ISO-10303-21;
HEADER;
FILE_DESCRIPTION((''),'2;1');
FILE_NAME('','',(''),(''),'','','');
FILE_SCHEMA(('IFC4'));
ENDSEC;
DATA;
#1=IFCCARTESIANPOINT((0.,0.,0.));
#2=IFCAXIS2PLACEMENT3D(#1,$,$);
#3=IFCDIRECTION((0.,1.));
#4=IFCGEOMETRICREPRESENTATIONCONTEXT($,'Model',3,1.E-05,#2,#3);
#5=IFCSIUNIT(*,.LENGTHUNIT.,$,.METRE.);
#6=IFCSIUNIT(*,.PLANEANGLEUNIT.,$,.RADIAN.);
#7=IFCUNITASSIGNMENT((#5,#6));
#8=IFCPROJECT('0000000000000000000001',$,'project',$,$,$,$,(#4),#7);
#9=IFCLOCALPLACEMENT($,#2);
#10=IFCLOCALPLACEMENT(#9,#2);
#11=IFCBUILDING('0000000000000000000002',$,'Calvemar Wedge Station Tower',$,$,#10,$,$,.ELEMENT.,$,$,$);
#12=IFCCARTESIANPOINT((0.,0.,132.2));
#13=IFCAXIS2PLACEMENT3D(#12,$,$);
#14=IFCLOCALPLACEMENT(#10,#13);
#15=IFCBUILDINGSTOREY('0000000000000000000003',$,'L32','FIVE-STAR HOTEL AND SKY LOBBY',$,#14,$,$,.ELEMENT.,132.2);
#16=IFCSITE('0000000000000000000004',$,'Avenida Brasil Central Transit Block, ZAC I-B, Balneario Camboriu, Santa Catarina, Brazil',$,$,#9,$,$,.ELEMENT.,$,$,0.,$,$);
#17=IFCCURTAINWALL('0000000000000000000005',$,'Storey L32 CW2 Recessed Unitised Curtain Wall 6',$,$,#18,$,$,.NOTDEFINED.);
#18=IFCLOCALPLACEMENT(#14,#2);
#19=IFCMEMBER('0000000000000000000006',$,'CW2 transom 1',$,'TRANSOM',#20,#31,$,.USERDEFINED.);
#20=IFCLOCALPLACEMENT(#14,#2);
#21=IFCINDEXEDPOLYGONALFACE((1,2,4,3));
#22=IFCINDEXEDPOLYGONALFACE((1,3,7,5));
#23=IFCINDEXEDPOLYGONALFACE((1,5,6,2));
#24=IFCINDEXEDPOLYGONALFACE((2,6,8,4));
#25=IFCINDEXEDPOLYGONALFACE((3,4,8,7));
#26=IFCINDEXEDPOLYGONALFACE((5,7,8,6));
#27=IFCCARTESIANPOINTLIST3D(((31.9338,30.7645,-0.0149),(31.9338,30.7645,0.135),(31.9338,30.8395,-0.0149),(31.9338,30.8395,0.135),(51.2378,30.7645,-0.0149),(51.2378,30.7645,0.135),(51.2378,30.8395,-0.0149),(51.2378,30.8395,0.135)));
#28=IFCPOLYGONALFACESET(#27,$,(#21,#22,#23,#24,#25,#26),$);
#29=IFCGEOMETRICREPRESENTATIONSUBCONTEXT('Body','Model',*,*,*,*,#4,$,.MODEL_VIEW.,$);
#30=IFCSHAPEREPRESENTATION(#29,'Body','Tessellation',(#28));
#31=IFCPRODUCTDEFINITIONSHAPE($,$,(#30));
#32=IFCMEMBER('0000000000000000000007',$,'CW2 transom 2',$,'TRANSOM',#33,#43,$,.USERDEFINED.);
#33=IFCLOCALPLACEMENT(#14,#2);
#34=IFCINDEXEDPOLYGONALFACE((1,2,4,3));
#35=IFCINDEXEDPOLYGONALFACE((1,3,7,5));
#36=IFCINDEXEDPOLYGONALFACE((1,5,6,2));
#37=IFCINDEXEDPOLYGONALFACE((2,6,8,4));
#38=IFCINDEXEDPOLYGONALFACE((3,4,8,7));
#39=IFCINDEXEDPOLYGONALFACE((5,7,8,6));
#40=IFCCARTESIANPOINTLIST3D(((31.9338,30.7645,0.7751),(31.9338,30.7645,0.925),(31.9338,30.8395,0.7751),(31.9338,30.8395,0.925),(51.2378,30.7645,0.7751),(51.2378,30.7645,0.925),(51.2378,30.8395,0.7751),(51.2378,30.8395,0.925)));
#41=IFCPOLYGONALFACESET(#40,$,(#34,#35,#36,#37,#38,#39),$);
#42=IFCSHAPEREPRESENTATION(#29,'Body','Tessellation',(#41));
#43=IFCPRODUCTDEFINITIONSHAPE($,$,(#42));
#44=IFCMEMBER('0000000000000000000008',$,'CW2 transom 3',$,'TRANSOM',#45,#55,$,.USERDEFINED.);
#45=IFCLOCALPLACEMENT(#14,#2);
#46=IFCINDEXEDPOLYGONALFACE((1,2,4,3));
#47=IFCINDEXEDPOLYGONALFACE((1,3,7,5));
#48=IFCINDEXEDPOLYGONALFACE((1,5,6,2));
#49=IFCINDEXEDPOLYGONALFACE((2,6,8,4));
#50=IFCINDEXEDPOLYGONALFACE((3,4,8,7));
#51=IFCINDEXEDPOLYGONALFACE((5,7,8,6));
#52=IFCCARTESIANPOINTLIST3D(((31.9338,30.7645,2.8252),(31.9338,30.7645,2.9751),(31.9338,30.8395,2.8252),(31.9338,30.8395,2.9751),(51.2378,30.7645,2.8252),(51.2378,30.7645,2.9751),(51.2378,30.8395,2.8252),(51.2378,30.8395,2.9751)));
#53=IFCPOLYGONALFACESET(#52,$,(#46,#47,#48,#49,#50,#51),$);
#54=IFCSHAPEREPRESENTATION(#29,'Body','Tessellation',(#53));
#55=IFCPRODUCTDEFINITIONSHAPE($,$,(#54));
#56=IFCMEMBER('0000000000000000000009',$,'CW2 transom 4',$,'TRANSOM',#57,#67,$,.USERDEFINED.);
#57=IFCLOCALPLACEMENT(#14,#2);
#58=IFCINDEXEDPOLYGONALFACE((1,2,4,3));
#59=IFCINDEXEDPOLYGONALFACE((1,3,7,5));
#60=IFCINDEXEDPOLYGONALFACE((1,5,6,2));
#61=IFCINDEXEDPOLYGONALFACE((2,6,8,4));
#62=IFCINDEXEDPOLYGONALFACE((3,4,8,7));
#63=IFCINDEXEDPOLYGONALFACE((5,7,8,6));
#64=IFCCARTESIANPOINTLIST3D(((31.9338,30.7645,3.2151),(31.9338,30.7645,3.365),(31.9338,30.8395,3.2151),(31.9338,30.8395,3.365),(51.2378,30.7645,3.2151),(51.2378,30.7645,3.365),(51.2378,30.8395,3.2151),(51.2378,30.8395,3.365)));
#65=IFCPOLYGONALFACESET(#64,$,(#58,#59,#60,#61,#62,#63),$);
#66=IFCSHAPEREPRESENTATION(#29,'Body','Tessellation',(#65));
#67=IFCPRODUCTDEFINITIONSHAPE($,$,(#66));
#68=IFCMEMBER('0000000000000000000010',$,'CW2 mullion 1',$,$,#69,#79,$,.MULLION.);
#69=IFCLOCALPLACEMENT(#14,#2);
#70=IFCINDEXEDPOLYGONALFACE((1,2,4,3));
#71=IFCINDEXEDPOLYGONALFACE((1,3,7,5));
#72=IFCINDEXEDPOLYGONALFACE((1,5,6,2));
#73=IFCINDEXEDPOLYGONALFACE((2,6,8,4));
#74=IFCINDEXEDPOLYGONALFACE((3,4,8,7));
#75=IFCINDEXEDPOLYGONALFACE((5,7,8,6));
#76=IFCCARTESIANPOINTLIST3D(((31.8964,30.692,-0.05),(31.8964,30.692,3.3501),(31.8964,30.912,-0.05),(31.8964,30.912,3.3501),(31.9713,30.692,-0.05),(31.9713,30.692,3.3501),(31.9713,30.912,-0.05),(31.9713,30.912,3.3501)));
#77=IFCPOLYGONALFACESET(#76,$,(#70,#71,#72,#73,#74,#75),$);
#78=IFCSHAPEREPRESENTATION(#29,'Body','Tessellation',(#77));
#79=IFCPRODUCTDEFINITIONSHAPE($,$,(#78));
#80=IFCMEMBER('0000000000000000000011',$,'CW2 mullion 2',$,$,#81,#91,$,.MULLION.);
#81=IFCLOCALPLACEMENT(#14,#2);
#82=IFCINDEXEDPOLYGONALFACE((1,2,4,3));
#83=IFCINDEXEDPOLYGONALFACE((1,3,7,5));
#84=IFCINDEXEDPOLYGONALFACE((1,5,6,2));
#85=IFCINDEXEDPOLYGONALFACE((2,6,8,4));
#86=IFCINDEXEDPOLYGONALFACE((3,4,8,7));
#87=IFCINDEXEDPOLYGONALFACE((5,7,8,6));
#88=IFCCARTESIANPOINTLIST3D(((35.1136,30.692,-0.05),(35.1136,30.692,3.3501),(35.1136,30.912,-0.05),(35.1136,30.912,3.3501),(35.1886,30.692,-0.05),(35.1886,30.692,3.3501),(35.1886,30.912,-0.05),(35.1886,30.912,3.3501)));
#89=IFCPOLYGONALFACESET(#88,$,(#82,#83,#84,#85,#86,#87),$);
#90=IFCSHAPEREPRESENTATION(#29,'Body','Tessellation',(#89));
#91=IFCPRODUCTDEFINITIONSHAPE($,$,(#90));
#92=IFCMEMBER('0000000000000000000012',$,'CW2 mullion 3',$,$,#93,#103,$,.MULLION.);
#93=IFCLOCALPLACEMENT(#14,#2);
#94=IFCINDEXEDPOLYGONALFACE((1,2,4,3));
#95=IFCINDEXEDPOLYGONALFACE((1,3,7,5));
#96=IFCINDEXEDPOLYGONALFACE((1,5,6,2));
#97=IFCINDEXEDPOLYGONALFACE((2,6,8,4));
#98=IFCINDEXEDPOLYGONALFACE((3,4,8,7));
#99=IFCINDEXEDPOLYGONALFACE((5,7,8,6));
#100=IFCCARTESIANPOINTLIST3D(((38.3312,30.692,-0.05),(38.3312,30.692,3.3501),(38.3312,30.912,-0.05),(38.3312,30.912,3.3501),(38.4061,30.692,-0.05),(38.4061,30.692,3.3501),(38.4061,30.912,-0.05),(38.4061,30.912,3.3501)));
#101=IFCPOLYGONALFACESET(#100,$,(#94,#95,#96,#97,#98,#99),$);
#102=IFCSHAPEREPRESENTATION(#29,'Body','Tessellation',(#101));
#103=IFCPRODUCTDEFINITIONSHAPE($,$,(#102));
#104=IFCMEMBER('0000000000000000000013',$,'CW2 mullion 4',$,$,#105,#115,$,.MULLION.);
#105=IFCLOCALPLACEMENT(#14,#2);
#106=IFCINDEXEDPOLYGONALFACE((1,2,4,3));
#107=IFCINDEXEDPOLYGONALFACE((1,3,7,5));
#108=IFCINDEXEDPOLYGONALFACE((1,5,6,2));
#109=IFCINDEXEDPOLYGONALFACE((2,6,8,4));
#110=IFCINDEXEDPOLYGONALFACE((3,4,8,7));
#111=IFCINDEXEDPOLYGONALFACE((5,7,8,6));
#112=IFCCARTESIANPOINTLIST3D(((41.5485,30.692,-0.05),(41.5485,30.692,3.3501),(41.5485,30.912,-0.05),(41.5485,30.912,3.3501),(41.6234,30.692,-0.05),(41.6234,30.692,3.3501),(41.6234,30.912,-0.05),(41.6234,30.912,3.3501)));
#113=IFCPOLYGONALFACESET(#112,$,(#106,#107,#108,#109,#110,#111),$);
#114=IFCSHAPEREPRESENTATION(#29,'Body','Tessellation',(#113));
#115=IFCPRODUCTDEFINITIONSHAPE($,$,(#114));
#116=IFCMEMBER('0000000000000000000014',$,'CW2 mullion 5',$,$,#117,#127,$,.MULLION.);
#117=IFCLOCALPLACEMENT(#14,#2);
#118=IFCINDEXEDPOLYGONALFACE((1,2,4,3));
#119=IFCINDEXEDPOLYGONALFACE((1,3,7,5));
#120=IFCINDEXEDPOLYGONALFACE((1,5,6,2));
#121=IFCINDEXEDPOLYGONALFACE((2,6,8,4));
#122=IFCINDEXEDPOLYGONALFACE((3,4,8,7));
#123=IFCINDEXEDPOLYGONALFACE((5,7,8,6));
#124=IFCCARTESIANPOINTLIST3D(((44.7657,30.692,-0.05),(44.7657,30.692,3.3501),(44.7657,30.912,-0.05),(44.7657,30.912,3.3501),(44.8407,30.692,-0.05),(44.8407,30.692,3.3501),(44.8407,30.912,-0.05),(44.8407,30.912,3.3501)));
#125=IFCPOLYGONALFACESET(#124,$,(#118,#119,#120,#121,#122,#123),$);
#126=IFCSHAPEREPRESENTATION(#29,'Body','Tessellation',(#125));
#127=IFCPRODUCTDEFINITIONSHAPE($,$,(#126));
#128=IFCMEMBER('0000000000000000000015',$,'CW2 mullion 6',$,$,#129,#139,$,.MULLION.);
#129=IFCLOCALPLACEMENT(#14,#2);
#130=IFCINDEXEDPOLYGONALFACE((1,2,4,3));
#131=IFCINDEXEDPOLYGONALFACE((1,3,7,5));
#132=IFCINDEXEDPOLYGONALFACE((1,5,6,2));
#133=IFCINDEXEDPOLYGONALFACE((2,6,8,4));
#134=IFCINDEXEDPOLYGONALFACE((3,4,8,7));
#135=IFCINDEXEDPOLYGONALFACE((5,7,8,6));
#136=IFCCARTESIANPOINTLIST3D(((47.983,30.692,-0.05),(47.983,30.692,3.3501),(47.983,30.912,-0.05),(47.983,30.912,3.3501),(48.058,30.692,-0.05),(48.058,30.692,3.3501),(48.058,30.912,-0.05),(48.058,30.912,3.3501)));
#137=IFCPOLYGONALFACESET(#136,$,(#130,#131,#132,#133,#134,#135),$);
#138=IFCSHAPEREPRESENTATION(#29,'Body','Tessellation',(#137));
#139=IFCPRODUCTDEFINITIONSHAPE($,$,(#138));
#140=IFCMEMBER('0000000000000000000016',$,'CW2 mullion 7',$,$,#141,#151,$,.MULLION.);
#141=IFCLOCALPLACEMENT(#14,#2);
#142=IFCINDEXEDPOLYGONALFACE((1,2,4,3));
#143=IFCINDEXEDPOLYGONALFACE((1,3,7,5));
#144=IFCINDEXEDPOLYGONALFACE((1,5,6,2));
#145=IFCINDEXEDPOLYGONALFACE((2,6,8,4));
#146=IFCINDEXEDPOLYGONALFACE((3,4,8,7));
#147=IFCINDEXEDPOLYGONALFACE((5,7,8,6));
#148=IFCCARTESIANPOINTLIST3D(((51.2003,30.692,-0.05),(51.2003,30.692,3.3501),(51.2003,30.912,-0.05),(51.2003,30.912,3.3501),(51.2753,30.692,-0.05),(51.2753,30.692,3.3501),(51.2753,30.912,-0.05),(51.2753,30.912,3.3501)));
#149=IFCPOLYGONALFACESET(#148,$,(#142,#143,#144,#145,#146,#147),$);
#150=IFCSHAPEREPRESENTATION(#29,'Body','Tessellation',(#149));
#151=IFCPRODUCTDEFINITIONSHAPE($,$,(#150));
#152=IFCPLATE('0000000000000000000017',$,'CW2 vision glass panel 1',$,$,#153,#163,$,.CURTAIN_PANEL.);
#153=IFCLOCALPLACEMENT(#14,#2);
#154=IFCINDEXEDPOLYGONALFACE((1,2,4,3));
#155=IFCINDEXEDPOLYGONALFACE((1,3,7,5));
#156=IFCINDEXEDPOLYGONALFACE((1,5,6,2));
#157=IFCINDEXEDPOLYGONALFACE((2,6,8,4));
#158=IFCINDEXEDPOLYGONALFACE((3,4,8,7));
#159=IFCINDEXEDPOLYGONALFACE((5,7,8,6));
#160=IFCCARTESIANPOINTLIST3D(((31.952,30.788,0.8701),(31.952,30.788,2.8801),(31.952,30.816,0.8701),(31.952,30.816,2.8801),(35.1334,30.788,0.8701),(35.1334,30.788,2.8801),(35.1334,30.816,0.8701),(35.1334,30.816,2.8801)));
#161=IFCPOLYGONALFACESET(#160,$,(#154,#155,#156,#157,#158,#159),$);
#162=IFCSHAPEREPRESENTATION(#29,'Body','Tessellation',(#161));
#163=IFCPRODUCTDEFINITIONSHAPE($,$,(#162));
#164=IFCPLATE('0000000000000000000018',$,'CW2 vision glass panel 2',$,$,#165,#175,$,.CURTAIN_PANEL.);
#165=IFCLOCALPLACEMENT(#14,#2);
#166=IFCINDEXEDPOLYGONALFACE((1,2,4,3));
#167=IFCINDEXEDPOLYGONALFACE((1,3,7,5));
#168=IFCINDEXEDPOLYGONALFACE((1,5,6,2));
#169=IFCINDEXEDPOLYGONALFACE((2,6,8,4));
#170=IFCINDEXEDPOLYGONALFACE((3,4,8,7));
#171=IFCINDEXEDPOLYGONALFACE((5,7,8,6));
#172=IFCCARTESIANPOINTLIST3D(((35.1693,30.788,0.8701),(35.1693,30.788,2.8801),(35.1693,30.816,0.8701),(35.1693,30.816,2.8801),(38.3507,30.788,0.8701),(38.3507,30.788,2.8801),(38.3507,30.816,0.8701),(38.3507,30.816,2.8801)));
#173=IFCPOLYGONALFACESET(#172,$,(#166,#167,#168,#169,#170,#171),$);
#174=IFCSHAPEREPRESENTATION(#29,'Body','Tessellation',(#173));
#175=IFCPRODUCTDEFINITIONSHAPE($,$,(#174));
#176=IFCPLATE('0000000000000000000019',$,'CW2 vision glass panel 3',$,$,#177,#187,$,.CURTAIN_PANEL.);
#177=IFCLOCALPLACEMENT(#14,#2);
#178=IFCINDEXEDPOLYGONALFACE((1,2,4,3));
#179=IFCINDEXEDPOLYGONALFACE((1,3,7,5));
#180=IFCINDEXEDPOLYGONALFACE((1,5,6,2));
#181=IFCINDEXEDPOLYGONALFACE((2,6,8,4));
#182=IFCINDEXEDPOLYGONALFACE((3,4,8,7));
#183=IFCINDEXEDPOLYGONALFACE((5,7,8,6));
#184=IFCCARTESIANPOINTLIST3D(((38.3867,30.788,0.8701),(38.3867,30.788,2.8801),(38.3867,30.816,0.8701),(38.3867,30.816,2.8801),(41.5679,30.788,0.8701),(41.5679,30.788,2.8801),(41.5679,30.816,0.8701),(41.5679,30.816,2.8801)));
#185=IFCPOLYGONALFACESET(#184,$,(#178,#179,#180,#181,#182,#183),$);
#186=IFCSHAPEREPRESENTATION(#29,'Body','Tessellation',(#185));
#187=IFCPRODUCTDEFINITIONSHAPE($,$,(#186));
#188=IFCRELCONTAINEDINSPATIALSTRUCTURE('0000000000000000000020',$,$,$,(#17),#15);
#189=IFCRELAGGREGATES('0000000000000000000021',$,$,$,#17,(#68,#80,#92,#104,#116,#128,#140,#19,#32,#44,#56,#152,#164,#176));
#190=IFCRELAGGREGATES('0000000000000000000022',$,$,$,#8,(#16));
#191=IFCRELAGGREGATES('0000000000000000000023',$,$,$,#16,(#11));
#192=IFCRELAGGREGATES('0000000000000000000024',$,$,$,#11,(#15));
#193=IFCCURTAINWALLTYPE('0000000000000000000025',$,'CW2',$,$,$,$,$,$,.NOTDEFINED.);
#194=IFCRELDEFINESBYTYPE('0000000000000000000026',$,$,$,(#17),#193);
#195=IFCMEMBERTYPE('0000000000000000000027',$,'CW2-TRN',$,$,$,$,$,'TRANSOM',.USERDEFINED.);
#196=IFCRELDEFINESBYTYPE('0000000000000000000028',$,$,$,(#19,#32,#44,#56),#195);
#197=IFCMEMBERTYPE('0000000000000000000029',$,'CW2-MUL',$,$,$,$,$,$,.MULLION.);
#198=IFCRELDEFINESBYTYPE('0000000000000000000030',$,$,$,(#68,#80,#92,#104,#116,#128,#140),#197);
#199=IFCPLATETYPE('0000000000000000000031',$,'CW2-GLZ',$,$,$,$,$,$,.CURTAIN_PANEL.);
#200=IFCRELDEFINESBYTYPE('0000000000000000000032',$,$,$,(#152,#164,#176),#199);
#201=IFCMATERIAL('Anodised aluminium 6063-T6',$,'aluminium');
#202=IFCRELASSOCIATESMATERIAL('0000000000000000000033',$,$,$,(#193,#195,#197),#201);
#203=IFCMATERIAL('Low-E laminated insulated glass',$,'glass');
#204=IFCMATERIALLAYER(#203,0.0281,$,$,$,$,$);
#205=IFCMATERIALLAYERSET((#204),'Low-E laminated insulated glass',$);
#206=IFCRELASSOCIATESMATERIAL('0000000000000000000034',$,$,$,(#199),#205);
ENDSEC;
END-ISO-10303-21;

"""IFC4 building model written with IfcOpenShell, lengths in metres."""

from ifc_helpers import new_model, si_unit, direction, frame, frame_2d, origin, origin_2d, place, context, subcontext, project, spatial, rectangle, extrude, source, transform, mapped, material, layer, layer_set, material_profile, profile_set, type_object, element, aggregate, save


model = new_model("IFC4")

# Units and contexts
model_context = context("Model", 3, precision=1e-05, world=origin(), true_north=direction((0.0, 1.0)))
body_context = subcontext(model_context, "Body", "Model", "MODEL_VIEW")
ifc_project = project(units=[si_unit("LENGTHUNIT", "METRE"), si_unit("PLANEANGLEUNIT", "RADIAN")], contexts=[model_context])

# Site, building, storey
site_placement = place(None, origin())
site = spatial("IfcSite", under=ifc_project, at=site_placement, Name="Avenida Brasil Central Transit Block, ZAC I-B, Balneario Camboriu, Santa Catarina, Brazil", CompositionType="ELEMENT", RefElevation=0.0)
building_placement = place(site_placement, origin())
building = spatial("IfcBuilding", under=site, at=building_placement, Name="Calvemar Wedge Station Tower", CompositionType="ELEMENT")
storey_placement = place(building_placement, frame((0.0, 0.0, 132.2)))
storey = spatial("IfcBuildingStorey", under=building, at=storey_placement, Name="L32", Description="FIVE-STAR HOTEL AND SKY LOBBY", CompositionType="ELEMENT", Elevation=132.2)

# Curtain wall, members, plates
ifc_material_1 = material(Name="Anodised aluminium 6063-T6", Category="aluminium")
curtain_wall_type = type_object("IfcCurtainWallType", Name="CW2", PredefinedType="NOTDEFINED", material=ifc_material_1)
curtain_wall_placement = place(storey_placement, origin())
curtain_wall = element("IfcCurtainWall", 1, at=curtain_wall_placement, inside=storey, type_object=curtain_wall_type, Name="Storey L32 CW2 Recessed Unitised Curtain Wall 6", PredefinedType="NOTDEFINED")
ifc_material_profile_1 = material_profile(ifc_material_1, rectangle(XDim=0.075, YDim=0.1499, at=origin_2d()), Name="AL-TRN-75x150")
ifc_profile_set_1 = profile_set([ifc_material_profile_1], Name="Anodised aluminium 6063-T6")
member_type_1 = type_object("IfcMemberType", Name="CW2-TRN", ElementType="TRANSOM", PredefinedType="USERDEFINED", material=ifc_profile_set_1)
shared_shape_1 = source(origin(), body_context, "Body", "SweptSolid", [
    extrude(rectangle(XDim=0.075, YDim=0.1499, at=origin_2d()), origin(), (0.0, 0.0, 1.0), 19.304),
])
member_1_placement = place(storey_placement, frame((31.9338, 30.802, 0.0601), z_axis=(1.0, 0.0, 0.0), x_axis=(0.0, 1.0, 0.0)))
member_1 = element("IfcMember", 2, at=member_1_placement, type_object=member_type_1, Name="CW2 transom 1", ObjectType="TRANSOM", PredefinedType="USERDEFINED", context=body_context, shape_type="MappedRepresentation", body=[
    mapped(shared_shape_1, transform((0.0, 0.0, 0.0), scale=1.0)),
])
member_2_placement = place(storey_placement, frame((31.9338, 30.802, 0.8501), z_axis=(1.0, 0.0, 0.0), x_axis=(0.0, 1.0, 0.0)))
member_2 = element("IfcMember", 3, at=member_2_placement, type_object=member_type_1, Name="CW2 transom 2", ObjectType="TRANSOM", PredefinedType="USERDEFINED", context=body_context, shape_type="MappedRepresentation", body=[
    mapped(shared_shape_1, transform((0.0, 0.0, 0.0), scale=1.0)),
])
member_3_placement = place(storey_placement, frame((31.9338, 30.802, 2.9001), z_axis=(1.0, 0.0, 0.0), x_axis=(0.0, 1.0, 0.0)))
member_3 = element("IfcMember", 4, at=member_3_placement, type_object=member_type_1, Name="CW2 transom 3", ObjectType="TRANSOM", PredefinedType="USERDEFINED", context=body_context, shape_type="MappedRepresentation", body=[
    mapped(shared_shape_1, transform((0.0, 0.0, 0.0), scale=1.0)),
])
member_4_placement = place(storey_placement, frame((31.9338, 30.802, 3.29), z_axis=(1.0, 0.0, 0.0), x_axis=(0.0, 1.0, 0.0)))
member_4 = element("IfcMember", 5, at=member_4_placement, type_object=member_type_1, Name="CW2 transom 4", ObjectType="TRANSOM", PredefinedType="USERDEFINED", context=body_context, shape_type="MappedRepresentation", body=[
    mapped(shared_shape_1, transform((0.0, 0.0, 0.0), scale=1.0)),
])
ifc_material_profile_2 = material_profile(ifc_material_1, rectangle(XDim=0.075, YDim=0.22, at=origin_2d()), Name="AL-MUL-75x220")
ifc_profile_set_2 = profile_set([ifc_material_profile_2], Name="Anodised aluminium 6063-T6")
member_type_2 = type_object("IfcMemberType", Name="CW2-MUL", PredefinedType="MULLION", material=ifc_profile_set_2)
shared_shape_2 = source(origin(), body_context, "Body", "SweptSolid", [
    extrude(rectangle(XDim=0.075, YDim=0.22, at=origin_2d()), origin(), (0.0, 0.0, 1.0), 3.4001),
])
member_5_placement = place(storey_placement, frame((31.9338, 30.802, -0.05), z_axis=(0.0, 0.0, 1.0), x_axis=(1.0, 0.0, 0.0)))
member_5 = element("IfcMember", 6, at=member_5_placement, type_object=member_type_2, Name="CW2 mullion 1", PredefinedType="MULLION", context=body_context, shape_type="MappedRepresentation", body=[
    mapped(shared_shape_2, transform((0.0, 0.0, 0.0), scale=1.0)),
])
member_6_placement = place(storey_placement, frame((35.1511, 30.802, -0.05), z_axis=(0.0, 0.0, 1.0), x_axis=(1.0, 0.0, 0.0)))
member_6 = element("IfcMember", 7, at=member_6_placement, type_object=member_type_2, Name="CW2 mullion 2", PredefinedType="MULLION", context=body_context, shape_type="MappedRepresentation", body=[
    mapped(shared_shape_2, transform((0.0, 0.0, 0.0), scale=1.0)),
])
member_7_placement = place(storey_placement, frame((38.3687, 30.802, -0.05), z_axis=(0.0, 0.0, 1.0), x_axis=(1.0, 0.0, 0.0)))
member_7 = element("IfcMember", 8, at=member_7_placement, type_object=member_type_2, Name="CW2 mullion 3", PredefinedType="MULLION", context=body_context, shape_type="MappedRepresentation", body=[
    mapped(shared_shape_2, transform((0.0, 0.0, 0.0), scale=1.0)),
])
member_8_placement = place(storey_placement, frame((41.5859, 30.802, -0.05), z_axis=(0.0, 0.0, 1.0), x_axis=(1.0, 0.0, 0.0)))
member_8 = element("IfcMember", 9, at=member_8_placement, type_object=member_type_2, Name="CW2 mullion 4", PredefinedType="MULLION", context=body_context, shape_type="MappedRepresentation", body=[
    mapped(shared_shape_2, transform((0.0, 0.0, 0.0), scale=1.0)),
])
member_9_placement = place(storey_placement, frame((44.8032, 30.802, -0.05), z_axis=(0.0, 0.0, 1.0), x_axis=(1.0, 0.0, 0.0)))
member_9 = element("IfcMember", 10, at=member_9_placement, type_object=member_type_2, Name="CW2 mullion 5", PredefinedType="MULLION", context=body_context, shape_type="MappedRepresentation", body=[
    mapped(shared_shape_2, transform((0.0, 0.0, 0.0), scale=1.0)),
])
member_10_placement = place(storey_placement, frame((48.0205, 30.802, -0.05), z_axis=(0.0, 0.0, 1.0), x_axis=(1.0, 0.0, 0.0)))
member_10 = element("IfcMember", 11, at=member_10_placement, type_object=member_type_2, Name="CW2 mullion 6", PredefinedType="MULLION", context=body_context, shape_type="MappedRepresentation", body=[
    mapped(shared_shape_2, transform((0.0, 0.0, 0.0), scale=1.0)),
])
member_11_placement = place(storey_placement, frame((51.2378, 30.802, -0.05), z_axis=(0.0, 0.0, 1.0), x_axis=(1.0, 0.0, 0.0)))
member_11 = element("IfcMember", 12, at=member_11_placement, type_object=member_type_2, Name="CW2 mullion 7", PredefinedType="MULLION", context=body_context, shape_type="MappedRepresentation", body=[
    mapped(shared_shape_2, transform((0.0, 0.0, 0.0), scale=1.0)),
])
ifc_material_2 = material(Name="Low-E laminated insulated glass", Category="glass")
ifc_layer_1 = layer(ifc_material_2, 0.0281)
ifc_layer_set_1 = layer_set([ifc_layer_1], Name="Low-E laminated insulated glass")
plate_type_1 = type_object("IfcPlateType", Name="CW2-GLZ", PredefinedType="CURTAIN_PANEL", material=ifc_layer_set_1)
plate_1_placement = place(storey_placement, frame((31.9519, 30.802, 0.8701), z_axis=(0.0, 0.0, 1.0), x_axis=(1.0, 0.0, 0.0)))
plate_1 = element("IfcPlate", 13, at=plate_1_placement, type_object=plate_type_1, Name="CW2 vision glass panel 1", PredefinedType="CURTAIN_PANEL", context=body_context, shape_type="SweptSolid", body=[
    extrude(rectangle(XDim=3.1814, YDim=0.0281, at=frame_2d((1.5908, 0.0))), origin(), (0.0, 0.0, 1.0), 2.01),
])
plate_2_placement = place(storey_placement, frame((35.1692, 30.802, 0.8701), z_axis=(0.0, 0.0, 1.0), x_axis=(1.0, 0.0, 0.0)))
plate_2 = element("IfcPlate", 14, at=plate_2_placement, type_object=plate_type_1, Name="CW2 vision glass panel 2", PredefinedType="CURTAIN_PANEL", context=body_context, shape_type="SweptSolid", body=[
    extrude(rectangle(XDim=3.1814, YDim=0.0281, at=frame_2d((1.5908, 0.0))), origin(), (0.0, 0.0, 1.0), 2.01),
])
plate_3_placement = place(storey_placement, frame((38.3867, 30.802, 0.8701), z_axis=(0.0, 0.0, 1.0), x_axis=(1.0, 0.0, 0.0)))
plate_3 = element("IfcPlate", 15, at=plate_3_placement, type_object=plate_type_1, Name="CW2 vision glass panel 3", PredefinedType="CURTAIN_PANEL", context=body_context, shape_type="SweptSolid", body=[
    extrude(rectangle(XDim=3.1812, YDim=0.0281, at=frame_2d((1.5906, 0.0))), origin(), (0.0, 0.0, 1.0), 2.01),
])
aggregate(curtain_wall, [member_5, member_6, member_7, member_8, member_9, member_10, member_11, member_1, member_2, member_3, member_4, plate_1, plate_2, plate_3])

save(model, "model.ifc")
